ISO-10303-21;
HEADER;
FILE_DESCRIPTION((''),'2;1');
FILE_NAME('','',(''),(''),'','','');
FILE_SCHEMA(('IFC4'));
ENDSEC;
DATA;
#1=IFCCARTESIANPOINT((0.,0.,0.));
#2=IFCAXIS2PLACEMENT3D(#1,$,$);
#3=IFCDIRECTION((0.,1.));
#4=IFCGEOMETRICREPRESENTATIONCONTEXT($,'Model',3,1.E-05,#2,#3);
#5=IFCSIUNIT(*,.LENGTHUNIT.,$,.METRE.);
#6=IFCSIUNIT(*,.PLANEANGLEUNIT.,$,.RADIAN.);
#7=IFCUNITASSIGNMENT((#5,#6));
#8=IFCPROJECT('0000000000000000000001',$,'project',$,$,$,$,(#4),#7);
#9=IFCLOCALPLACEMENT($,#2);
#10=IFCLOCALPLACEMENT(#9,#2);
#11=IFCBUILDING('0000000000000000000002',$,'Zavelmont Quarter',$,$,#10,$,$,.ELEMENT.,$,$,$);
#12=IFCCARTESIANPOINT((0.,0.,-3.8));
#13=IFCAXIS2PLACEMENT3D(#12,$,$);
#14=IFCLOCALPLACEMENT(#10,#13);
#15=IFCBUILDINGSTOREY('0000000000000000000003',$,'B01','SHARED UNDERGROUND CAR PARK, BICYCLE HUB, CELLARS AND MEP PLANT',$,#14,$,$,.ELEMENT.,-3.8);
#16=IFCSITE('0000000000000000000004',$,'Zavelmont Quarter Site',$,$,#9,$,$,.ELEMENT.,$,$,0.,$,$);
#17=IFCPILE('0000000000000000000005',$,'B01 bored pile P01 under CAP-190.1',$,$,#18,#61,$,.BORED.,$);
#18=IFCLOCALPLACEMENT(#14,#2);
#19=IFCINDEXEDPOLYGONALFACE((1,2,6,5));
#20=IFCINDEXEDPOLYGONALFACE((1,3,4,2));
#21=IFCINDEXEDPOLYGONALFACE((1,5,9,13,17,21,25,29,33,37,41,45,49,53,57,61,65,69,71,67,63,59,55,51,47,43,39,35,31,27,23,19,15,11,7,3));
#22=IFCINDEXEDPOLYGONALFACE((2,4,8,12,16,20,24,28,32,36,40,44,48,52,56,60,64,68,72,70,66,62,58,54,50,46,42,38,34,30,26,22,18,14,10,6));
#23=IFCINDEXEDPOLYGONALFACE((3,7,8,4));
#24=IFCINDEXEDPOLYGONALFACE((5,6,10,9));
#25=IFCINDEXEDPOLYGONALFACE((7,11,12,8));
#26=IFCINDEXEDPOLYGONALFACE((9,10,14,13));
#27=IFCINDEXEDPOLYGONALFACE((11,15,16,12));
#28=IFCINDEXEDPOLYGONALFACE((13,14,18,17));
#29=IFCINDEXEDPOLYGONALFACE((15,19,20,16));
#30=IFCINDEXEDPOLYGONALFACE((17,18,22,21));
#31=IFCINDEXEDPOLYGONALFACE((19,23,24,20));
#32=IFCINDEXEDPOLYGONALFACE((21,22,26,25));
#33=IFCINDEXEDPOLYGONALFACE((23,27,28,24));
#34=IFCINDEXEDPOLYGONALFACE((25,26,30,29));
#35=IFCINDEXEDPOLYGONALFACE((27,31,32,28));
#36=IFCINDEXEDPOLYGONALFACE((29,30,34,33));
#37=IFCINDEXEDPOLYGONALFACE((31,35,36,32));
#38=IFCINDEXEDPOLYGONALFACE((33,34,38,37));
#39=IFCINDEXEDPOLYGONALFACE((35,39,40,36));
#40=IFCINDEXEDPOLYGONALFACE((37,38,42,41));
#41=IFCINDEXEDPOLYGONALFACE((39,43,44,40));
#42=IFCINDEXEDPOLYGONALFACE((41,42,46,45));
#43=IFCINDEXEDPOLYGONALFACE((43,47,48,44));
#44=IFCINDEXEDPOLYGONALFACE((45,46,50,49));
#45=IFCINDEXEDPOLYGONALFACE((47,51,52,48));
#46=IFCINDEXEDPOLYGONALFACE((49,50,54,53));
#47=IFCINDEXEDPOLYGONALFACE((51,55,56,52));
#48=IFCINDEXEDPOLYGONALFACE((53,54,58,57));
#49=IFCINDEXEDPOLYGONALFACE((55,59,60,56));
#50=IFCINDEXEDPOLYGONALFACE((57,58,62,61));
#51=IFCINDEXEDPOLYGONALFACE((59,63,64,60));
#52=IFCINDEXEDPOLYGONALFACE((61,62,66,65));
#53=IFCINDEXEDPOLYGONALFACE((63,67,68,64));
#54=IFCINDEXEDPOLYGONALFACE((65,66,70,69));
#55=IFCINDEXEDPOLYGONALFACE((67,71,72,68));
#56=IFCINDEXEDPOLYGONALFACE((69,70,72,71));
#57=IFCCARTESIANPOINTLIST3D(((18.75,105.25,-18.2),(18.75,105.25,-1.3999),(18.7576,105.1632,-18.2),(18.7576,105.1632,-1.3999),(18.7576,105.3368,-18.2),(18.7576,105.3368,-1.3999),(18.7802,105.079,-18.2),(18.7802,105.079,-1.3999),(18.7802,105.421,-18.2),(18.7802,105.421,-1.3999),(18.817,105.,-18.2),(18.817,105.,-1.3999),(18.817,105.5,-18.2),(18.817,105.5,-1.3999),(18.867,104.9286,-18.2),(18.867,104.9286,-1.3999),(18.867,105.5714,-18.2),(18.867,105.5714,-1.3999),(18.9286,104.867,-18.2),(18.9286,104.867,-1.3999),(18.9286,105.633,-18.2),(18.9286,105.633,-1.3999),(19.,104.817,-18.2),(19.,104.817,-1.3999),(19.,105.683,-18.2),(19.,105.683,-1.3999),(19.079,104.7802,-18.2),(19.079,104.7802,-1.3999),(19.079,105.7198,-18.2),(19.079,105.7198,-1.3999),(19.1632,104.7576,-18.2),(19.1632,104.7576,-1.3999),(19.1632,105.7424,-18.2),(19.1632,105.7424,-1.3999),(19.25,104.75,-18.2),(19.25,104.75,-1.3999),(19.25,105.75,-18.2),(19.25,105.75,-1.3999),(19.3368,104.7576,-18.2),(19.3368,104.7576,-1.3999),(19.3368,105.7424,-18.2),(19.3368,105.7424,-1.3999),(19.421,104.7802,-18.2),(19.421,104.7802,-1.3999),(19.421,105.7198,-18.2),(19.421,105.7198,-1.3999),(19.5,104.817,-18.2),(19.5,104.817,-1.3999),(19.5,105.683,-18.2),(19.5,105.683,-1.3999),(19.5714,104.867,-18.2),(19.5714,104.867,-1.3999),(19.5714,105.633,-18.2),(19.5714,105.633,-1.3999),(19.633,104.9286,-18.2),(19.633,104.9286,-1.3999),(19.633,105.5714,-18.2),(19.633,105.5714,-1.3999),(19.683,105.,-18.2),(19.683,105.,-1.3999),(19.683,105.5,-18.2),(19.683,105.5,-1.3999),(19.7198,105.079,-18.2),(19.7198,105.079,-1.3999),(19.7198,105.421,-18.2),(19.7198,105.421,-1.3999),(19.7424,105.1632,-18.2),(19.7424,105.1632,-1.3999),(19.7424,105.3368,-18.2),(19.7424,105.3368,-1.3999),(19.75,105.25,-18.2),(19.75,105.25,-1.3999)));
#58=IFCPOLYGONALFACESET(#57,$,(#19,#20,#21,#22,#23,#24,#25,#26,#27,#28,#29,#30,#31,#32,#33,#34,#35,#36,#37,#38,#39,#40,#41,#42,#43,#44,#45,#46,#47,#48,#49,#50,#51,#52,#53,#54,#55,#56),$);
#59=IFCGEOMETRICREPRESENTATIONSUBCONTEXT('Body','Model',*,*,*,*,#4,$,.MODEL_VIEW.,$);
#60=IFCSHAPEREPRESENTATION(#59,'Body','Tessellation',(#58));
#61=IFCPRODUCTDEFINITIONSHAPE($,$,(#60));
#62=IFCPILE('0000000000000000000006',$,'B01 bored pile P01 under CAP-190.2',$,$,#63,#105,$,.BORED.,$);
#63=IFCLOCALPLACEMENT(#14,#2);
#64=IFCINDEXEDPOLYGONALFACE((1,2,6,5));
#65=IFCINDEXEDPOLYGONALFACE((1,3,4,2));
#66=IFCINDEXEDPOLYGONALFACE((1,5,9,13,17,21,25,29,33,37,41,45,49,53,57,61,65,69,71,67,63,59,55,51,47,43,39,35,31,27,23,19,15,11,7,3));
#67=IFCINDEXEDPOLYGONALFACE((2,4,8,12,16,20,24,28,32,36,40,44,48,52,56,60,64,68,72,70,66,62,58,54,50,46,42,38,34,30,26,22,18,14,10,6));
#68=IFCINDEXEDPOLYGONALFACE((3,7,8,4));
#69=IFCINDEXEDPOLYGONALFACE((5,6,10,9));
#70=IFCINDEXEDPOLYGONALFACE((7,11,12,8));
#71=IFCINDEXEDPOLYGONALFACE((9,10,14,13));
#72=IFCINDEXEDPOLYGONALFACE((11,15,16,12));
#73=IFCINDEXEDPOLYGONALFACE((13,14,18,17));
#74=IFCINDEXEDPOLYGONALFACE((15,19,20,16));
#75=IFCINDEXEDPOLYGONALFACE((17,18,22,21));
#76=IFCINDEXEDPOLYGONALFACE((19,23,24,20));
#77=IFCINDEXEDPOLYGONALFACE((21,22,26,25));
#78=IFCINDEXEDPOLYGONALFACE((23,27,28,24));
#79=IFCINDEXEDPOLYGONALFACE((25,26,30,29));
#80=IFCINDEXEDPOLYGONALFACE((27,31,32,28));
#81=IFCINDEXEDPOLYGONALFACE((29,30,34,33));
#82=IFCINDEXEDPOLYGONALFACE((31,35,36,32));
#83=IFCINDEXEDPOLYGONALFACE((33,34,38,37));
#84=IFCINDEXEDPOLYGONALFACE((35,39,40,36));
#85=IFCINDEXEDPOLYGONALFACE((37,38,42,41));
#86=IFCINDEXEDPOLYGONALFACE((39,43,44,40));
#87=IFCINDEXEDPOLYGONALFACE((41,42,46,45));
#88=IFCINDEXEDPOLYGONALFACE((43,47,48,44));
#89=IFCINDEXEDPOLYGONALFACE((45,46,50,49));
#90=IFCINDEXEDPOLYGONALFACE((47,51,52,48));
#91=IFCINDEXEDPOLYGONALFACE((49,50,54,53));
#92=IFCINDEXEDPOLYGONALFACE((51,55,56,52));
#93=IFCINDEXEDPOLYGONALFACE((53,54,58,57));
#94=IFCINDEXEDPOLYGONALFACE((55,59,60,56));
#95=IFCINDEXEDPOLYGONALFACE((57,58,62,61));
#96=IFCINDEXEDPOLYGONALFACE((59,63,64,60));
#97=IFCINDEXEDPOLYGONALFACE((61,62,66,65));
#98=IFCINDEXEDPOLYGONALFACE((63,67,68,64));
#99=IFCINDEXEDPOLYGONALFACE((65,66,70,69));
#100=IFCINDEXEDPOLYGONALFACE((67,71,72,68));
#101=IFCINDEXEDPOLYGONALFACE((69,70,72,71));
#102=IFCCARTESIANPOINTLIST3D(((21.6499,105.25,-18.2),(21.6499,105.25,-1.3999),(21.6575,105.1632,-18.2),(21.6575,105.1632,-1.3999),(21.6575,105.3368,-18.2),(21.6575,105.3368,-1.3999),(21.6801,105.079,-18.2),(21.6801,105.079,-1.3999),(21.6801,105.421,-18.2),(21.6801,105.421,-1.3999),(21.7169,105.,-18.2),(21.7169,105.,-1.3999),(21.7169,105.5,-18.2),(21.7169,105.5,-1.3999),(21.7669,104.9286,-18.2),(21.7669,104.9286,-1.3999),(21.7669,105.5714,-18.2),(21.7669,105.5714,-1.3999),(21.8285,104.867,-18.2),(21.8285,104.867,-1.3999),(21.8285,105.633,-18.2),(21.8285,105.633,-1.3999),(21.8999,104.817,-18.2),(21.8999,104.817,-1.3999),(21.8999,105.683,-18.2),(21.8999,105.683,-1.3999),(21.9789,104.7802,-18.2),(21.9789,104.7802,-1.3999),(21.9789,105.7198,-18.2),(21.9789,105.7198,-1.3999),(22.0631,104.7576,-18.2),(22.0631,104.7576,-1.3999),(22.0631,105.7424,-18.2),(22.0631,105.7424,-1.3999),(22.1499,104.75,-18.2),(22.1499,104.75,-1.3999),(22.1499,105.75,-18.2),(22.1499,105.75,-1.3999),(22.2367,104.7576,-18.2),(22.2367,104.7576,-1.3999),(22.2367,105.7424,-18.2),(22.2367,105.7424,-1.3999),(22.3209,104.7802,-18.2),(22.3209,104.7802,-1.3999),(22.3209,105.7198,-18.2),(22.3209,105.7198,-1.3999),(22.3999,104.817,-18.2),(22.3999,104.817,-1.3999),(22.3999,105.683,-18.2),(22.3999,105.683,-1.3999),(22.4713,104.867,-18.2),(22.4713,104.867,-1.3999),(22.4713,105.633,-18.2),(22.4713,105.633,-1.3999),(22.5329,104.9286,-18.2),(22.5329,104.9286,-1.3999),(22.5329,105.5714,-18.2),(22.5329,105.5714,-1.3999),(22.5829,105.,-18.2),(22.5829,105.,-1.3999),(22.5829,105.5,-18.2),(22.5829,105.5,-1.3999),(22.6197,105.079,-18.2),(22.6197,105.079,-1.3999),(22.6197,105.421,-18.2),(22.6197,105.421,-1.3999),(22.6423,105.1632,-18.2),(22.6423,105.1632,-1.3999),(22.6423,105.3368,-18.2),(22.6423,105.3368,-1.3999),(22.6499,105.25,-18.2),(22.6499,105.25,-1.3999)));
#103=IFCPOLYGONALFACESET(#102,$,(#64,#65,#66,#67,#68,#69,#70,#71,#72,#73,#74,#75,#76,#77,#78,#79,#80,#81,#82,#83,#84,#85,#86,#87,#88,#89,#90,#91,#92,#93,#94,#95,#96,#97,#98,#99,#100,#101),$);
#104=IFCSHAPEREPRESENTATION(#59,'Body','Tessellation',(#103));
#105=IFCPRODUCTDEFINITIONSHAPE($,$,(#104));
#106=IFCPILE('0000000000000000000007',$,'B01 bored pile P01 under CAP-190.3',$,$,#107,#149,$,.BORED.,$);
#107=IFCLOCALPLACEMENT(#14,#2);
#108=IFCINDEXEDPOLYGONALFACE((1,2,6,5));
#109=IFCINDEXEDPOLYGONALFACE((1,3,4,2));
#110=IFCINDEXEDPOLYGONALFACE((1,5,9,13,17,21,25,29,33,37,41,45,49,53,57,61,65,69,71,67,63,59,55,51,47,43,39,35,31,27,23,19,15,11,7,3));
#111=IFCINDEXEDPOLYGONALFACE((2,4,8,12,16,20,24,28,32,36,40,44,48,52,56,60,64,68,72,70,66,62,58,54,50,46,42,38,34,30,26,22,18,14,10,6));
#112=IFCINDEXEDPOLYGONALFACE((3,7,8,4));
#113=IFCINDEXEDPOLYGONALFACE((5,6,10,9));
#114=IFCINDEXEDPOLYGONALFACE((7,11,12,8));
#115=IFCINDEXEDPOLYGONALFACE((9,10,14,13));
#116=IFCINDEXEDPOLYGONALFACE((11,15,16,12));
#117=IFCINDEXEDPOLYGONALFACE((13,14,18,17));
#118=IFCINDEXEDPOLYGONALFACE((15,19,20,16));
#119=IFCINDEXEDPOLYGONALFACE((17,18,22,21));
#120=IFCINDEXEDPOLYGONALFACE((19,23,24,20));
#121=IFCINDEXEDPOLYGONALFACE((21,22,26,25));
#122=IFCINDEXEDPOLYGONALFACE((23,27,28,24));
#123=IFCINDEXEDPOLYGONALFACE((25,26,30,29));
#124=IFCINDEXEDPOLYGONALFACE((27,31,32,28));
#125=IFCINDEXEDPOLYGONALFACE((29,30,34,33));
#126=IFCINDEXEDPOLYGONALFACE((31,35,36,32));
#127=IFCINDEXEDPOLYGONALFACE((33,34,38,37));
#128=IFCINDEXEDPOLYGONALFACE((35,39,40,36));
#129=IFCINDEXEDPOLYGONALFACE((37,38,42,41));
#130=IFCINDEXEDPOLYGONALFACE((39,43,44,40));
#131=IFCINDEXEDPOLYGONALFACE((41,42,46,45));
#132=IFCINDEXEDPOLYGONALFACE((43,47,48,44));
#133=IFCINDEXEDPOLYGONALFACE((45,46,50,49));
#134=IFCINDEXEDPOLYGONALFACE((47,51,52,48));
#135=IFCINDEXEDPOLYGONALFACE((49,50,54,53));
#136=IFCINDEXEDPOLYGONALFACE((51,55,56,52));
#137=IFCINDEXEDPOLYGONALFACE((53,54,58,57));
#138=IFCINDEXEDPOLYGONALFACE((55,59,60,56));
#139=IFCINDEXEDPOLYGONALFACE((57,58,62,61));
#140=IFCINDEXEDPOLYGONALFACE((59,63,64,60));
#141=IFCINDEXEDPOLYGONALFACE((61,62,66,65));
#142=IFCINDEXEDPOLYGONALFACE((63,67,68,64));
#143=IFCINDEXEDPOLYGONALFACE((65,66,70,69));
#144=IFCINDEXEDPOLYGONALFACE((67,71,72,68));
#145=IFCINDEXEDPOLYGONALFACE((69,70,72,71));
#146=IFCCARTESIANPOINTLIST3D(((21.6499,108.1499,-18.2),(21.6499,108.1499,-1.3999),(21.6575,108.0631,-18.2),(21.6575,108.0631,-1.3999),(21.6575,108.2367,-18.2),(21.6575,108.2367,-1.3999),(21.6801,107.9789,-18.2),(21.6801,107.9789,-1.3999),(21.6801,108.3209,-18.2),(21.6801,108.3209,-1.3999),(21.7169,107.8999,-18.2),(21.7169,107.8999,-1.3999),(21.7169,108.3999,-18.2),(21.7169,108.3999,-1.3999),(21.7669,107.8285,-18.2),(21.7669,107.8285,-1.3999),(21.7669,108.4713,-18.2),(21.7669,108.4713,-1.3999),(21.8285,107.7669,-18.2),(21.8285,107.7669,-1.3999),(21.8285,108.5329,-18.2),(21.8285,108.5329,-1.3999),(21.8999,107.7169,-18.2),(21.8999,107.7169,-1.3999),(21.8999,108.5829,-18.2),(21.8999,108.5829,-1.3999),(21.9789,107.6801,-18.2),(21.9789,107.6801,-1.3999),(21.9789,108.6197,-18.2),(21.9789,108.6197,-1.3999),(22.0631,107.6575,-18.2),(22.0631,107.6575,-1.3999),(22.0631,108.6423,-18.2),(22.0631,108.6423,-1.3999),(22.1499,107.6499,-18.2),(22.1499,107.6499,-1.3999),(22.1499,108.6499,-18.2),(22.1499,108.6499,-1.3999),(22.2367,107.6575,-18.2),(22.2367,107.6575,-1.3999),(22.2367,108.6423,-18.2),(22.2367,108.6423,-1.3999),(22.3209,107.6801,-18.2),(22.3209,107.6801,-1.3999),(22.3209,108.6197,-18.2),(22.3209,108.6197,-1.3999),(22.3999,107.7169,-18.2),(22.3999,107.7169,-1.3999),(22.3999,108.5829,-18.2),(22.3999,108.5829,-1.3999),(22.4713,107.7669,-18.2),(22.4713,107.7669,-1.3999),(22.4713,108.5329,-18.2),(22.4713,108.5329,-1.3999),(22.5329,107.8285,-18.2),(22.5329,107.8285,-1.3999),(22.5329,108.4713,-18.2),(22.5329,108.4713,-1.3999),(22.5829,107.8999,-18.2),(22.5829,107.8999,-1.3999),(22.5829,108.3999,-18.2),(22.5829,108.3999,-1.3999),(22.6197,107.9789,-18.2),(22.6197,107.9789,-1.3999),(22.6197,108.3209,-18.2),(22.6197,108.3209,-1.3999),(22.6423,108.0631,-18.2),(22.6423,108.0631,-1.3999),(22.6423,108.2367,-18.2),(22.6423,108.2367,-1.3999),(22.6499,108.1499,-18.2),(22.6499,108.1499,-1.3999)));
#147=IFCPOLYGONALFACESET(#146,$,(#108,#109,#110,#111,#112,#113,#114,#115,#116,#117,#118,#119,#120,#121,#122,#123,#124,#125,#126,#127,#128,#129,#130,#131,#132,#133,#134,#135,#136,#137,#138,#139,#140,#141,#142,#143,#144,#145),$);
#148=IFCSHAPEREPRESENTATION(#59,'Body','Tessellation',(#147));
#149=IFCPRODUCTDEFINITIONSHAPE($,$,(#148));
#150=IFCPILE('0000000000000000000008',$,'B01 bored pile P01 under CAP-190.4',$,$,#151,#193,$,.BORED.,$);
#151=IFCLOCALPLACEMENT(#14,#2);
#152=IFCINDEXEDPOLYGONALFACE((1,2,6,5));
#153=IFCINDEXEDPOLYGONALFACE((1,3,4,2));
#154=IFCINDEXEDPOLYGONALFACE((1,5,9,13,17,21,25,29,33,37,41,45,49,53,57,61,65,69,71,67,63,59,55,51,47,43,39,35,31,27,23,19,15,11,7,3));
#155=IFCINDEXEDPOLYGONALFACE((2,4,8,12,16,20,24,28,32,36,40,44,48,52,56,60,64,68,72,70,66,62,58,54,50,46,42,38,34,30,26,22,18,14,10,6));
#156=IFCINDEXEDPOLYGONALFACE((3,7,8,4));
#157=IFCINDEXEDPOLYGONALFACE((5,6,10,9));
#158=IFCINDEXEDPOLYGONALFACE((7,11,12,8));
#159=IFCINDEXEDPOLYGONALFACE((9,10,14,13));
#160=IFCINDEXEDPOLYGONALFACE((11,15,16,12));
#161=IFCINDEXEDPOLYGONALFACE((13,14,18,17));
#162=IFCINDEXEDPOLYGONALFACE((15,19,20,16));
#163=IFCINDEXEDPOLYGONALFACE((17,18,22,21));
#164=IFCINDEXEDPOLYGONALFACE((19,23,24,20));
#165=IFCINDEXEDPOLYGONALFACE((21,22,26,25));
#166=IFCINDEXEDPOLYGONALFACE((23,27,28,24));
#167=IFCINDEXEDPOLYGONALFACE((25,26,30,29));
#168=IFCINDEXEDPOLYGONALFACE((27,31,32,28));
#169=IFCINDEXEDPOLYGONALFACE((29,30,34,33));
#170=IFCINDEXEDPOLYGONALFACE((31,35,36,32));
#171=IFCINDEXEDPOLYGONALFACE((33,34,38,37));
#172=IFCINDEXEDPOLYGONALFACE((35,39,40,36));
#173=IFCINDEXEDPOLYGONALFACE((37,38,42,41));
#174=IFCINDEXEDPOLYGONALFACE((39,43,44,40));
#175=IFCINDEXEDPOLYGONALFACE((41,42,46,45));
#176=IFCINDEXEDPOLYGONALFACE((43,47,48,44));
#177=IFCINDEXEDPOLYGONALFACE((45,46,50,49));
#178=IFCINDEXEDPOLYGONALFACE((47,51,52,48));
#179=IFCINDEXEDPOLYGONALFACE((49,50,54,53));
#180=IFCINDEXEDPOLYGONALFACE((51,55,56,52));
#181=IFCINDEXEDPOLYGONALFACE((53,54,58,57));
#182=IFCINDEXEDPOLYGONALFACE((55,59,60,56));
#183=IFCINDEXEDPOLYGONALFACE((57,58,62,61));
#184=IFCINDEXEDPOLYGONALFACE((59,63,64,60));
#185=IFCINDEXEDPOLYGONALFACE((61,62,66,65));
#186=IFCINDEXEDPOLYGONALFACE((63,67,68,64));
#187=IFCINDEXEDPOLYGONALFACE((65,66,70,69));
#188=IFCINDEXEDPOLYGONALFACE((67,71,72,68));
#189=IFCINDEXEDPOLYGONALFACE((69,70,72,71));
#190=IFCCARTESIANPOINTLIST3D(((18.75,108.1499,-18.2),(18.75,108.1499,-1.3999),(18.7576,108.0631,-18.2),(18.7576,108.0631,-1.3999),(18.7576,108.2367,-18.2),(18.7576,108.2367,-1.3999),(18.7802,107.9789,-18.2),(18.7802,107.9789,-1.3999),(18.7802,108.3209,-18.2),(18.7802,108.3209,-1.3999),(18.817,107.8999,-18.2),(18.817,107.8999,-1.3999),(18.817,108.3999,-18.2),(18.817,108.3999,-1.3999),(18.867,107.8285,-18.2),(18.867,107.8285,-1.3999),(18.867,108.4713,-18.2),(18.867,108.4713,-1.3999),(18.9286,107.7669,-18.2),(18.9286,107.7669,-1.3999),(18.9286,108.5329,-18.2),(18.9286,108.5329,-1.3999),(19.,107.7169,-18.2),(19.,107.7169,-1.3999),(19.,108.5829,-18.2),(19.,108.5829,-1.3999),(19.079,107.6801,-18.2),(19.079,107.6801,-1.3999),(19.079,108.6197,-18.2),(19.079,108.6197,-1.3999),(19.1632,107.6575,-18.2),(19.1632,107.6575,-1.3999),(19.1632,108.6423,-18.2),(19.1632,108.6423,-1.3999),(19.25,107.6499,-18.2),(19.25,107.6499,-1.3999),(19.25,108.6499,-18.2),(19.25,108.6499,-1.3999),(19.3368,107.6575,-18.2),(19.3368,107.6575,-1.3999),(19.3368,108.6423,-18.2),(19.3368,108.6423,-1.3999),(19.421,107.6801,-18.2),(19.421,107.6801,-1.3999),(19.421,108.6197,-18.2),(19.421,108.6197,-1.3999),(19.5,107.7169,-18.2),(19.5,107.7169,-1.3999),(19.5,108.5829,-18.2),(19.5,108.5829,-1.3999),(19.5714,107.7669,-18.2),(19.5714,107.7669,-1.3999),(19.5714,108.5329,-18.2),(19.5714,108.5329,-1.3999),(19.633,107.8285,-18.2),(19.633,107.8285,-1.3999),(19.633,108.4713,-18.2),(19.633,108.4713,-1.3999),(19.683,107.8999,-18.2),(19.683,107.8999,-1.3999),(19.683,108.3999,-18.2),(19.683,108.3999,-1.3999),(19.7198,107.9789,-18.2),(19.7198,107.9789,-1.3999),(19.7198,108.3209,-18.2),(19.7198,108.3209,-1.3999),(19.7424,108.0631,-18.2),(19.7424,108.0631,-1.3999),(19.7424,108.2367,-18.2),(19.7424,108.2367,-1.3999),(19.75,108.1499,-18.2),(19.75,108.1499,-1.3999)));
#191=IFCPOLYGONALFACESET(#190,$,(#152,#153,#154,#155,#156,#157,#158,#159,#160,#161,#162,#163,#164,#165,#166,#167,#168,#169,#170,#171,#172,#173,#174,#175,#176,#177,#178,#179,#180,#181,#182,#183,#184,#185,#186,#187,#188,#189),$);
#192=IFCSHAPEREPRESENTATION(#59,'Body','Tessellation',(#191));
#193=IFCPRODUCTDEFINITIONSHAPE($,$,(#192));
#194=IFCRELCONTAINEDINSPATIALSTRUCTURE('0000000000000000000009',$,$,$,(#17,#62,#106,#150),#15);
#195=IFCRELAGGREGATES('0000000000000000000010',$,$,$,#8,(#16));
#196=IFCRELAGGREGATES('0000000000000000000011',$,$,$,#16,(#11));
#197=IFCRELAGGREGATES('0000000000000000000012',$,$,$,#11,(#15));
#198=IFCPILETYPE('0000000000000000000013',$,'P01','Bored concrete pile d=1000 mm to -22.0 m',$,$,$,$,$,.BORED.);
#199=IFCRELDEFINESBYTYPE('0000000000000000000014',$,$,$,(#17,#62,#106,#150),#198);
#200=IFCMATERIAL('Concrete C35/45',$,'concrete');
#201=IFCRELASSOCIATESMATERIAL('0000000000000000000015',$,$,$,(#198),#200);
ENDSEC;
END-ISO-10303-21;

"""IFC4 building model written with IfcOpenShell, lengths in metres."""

from ifc_helpers import new_model, si_unit, direction, frame, origin, origin_2d, place, context, subcontext, project, spatial, circle, extrude, material, material_profile, profile_set, type_object, element, save


model = new_model("IFC4")

# Units and contexts
model_context = context("Model", 3, precision=1e-05, world=origin(), true_north=direction((0.0, 1.0)))
body_context = subcontext(model_context, "Body", "Model", "MODEL_VIEW")
ifc_project = project(units=[si_unit("LENGTHUNIT", "METRE"), si_unit("PLANEANGLEUNIT", "RADIAN")], contexts=[model_context])

# Site, building, storey
site_placement = place(None, origin())
site = spatial("IfcSite", under=ifc_project, at=site_placement, Name="Zavelmont Quarter Site", CompositionType="ELEMENT", RefElevation=0.0)
building_placement = place(site_placement, origin())
building = spatial("IfcBuilding", under=site, at=building_placement, Name="Zavelmont Quarter", CompositionType="ELEMENT")
storey_placement = place(building_placement, frame((0.0, 0.0, -3.8)))
storey = spatial("IfcBuildingStorey", under=building, at=storey_placement, Name="B01", Description="SHARED UNDERGROUND CAR PARK, BICYCLE HUB, CELLARS AND MEP PLANT", CompositionType="ELEMENT", Elevation=-3.8)

# Shared definitions
ifc_material_1 = material(Name="Concrete C35/45", Category="concrete")

# Piles
ifc_material_profile_1 = material_profile(ifc_material_1, circle(Radius=0.5, at=origin_2d()), Name="BP1000")
ifc_profile_set_1 = profile_set([ifc_material_profile_1], Name="Concrete C35/45")
pile_type = type_object("IfcPileType", Name="P01", Description="Bored concrete pile d=1000 mm to -22.0 m", PredefinedType="BORED", material=ifc_profile_set_1)
for number, where, z_axis, x_axis, name in (
    (1, (19.25, 105.25, -1.3999), (0.0, 0.0, -1.0), (1.0, 0.0, 0.0), "B01 bored pile P01 under CAP-190.1"),
    (2, (22.1499, 105.25, -1.3999), (0.0, 0.0, -1.0), (1.0, 0.0, 0.0), "B01 bored pile P01 under CAP-190.2"),
    (3, (22.1499, 108.1499, -1.3999), (0.0, 0.0, -1.0), (1.0, 0.0, 0.0), "B01 bored pile P01 under CAP-190.3"),
    (4, (19.25, 108.1499, -1.3999), (0.0, 0.0, -1.0), (1.0, 0.0, 0.0), "B01 bored pile P01 under CAP-190.4"),
):
    element("IfcPile", number, at=place(storey_placement, frame(where, z_axis=z_axis, x_axis=x_axis)), inside=storey, type_object=pile_type, Name=name, PredefinedType="BORED", context=body_context, shape_type="SweptSolid", body=[
        extrude(circle(Radius=0.5, at=origin_2d()), origin(), (0.0, 0.0, 1.0), 16.8),
    ])

save(model, "model.ifc")
